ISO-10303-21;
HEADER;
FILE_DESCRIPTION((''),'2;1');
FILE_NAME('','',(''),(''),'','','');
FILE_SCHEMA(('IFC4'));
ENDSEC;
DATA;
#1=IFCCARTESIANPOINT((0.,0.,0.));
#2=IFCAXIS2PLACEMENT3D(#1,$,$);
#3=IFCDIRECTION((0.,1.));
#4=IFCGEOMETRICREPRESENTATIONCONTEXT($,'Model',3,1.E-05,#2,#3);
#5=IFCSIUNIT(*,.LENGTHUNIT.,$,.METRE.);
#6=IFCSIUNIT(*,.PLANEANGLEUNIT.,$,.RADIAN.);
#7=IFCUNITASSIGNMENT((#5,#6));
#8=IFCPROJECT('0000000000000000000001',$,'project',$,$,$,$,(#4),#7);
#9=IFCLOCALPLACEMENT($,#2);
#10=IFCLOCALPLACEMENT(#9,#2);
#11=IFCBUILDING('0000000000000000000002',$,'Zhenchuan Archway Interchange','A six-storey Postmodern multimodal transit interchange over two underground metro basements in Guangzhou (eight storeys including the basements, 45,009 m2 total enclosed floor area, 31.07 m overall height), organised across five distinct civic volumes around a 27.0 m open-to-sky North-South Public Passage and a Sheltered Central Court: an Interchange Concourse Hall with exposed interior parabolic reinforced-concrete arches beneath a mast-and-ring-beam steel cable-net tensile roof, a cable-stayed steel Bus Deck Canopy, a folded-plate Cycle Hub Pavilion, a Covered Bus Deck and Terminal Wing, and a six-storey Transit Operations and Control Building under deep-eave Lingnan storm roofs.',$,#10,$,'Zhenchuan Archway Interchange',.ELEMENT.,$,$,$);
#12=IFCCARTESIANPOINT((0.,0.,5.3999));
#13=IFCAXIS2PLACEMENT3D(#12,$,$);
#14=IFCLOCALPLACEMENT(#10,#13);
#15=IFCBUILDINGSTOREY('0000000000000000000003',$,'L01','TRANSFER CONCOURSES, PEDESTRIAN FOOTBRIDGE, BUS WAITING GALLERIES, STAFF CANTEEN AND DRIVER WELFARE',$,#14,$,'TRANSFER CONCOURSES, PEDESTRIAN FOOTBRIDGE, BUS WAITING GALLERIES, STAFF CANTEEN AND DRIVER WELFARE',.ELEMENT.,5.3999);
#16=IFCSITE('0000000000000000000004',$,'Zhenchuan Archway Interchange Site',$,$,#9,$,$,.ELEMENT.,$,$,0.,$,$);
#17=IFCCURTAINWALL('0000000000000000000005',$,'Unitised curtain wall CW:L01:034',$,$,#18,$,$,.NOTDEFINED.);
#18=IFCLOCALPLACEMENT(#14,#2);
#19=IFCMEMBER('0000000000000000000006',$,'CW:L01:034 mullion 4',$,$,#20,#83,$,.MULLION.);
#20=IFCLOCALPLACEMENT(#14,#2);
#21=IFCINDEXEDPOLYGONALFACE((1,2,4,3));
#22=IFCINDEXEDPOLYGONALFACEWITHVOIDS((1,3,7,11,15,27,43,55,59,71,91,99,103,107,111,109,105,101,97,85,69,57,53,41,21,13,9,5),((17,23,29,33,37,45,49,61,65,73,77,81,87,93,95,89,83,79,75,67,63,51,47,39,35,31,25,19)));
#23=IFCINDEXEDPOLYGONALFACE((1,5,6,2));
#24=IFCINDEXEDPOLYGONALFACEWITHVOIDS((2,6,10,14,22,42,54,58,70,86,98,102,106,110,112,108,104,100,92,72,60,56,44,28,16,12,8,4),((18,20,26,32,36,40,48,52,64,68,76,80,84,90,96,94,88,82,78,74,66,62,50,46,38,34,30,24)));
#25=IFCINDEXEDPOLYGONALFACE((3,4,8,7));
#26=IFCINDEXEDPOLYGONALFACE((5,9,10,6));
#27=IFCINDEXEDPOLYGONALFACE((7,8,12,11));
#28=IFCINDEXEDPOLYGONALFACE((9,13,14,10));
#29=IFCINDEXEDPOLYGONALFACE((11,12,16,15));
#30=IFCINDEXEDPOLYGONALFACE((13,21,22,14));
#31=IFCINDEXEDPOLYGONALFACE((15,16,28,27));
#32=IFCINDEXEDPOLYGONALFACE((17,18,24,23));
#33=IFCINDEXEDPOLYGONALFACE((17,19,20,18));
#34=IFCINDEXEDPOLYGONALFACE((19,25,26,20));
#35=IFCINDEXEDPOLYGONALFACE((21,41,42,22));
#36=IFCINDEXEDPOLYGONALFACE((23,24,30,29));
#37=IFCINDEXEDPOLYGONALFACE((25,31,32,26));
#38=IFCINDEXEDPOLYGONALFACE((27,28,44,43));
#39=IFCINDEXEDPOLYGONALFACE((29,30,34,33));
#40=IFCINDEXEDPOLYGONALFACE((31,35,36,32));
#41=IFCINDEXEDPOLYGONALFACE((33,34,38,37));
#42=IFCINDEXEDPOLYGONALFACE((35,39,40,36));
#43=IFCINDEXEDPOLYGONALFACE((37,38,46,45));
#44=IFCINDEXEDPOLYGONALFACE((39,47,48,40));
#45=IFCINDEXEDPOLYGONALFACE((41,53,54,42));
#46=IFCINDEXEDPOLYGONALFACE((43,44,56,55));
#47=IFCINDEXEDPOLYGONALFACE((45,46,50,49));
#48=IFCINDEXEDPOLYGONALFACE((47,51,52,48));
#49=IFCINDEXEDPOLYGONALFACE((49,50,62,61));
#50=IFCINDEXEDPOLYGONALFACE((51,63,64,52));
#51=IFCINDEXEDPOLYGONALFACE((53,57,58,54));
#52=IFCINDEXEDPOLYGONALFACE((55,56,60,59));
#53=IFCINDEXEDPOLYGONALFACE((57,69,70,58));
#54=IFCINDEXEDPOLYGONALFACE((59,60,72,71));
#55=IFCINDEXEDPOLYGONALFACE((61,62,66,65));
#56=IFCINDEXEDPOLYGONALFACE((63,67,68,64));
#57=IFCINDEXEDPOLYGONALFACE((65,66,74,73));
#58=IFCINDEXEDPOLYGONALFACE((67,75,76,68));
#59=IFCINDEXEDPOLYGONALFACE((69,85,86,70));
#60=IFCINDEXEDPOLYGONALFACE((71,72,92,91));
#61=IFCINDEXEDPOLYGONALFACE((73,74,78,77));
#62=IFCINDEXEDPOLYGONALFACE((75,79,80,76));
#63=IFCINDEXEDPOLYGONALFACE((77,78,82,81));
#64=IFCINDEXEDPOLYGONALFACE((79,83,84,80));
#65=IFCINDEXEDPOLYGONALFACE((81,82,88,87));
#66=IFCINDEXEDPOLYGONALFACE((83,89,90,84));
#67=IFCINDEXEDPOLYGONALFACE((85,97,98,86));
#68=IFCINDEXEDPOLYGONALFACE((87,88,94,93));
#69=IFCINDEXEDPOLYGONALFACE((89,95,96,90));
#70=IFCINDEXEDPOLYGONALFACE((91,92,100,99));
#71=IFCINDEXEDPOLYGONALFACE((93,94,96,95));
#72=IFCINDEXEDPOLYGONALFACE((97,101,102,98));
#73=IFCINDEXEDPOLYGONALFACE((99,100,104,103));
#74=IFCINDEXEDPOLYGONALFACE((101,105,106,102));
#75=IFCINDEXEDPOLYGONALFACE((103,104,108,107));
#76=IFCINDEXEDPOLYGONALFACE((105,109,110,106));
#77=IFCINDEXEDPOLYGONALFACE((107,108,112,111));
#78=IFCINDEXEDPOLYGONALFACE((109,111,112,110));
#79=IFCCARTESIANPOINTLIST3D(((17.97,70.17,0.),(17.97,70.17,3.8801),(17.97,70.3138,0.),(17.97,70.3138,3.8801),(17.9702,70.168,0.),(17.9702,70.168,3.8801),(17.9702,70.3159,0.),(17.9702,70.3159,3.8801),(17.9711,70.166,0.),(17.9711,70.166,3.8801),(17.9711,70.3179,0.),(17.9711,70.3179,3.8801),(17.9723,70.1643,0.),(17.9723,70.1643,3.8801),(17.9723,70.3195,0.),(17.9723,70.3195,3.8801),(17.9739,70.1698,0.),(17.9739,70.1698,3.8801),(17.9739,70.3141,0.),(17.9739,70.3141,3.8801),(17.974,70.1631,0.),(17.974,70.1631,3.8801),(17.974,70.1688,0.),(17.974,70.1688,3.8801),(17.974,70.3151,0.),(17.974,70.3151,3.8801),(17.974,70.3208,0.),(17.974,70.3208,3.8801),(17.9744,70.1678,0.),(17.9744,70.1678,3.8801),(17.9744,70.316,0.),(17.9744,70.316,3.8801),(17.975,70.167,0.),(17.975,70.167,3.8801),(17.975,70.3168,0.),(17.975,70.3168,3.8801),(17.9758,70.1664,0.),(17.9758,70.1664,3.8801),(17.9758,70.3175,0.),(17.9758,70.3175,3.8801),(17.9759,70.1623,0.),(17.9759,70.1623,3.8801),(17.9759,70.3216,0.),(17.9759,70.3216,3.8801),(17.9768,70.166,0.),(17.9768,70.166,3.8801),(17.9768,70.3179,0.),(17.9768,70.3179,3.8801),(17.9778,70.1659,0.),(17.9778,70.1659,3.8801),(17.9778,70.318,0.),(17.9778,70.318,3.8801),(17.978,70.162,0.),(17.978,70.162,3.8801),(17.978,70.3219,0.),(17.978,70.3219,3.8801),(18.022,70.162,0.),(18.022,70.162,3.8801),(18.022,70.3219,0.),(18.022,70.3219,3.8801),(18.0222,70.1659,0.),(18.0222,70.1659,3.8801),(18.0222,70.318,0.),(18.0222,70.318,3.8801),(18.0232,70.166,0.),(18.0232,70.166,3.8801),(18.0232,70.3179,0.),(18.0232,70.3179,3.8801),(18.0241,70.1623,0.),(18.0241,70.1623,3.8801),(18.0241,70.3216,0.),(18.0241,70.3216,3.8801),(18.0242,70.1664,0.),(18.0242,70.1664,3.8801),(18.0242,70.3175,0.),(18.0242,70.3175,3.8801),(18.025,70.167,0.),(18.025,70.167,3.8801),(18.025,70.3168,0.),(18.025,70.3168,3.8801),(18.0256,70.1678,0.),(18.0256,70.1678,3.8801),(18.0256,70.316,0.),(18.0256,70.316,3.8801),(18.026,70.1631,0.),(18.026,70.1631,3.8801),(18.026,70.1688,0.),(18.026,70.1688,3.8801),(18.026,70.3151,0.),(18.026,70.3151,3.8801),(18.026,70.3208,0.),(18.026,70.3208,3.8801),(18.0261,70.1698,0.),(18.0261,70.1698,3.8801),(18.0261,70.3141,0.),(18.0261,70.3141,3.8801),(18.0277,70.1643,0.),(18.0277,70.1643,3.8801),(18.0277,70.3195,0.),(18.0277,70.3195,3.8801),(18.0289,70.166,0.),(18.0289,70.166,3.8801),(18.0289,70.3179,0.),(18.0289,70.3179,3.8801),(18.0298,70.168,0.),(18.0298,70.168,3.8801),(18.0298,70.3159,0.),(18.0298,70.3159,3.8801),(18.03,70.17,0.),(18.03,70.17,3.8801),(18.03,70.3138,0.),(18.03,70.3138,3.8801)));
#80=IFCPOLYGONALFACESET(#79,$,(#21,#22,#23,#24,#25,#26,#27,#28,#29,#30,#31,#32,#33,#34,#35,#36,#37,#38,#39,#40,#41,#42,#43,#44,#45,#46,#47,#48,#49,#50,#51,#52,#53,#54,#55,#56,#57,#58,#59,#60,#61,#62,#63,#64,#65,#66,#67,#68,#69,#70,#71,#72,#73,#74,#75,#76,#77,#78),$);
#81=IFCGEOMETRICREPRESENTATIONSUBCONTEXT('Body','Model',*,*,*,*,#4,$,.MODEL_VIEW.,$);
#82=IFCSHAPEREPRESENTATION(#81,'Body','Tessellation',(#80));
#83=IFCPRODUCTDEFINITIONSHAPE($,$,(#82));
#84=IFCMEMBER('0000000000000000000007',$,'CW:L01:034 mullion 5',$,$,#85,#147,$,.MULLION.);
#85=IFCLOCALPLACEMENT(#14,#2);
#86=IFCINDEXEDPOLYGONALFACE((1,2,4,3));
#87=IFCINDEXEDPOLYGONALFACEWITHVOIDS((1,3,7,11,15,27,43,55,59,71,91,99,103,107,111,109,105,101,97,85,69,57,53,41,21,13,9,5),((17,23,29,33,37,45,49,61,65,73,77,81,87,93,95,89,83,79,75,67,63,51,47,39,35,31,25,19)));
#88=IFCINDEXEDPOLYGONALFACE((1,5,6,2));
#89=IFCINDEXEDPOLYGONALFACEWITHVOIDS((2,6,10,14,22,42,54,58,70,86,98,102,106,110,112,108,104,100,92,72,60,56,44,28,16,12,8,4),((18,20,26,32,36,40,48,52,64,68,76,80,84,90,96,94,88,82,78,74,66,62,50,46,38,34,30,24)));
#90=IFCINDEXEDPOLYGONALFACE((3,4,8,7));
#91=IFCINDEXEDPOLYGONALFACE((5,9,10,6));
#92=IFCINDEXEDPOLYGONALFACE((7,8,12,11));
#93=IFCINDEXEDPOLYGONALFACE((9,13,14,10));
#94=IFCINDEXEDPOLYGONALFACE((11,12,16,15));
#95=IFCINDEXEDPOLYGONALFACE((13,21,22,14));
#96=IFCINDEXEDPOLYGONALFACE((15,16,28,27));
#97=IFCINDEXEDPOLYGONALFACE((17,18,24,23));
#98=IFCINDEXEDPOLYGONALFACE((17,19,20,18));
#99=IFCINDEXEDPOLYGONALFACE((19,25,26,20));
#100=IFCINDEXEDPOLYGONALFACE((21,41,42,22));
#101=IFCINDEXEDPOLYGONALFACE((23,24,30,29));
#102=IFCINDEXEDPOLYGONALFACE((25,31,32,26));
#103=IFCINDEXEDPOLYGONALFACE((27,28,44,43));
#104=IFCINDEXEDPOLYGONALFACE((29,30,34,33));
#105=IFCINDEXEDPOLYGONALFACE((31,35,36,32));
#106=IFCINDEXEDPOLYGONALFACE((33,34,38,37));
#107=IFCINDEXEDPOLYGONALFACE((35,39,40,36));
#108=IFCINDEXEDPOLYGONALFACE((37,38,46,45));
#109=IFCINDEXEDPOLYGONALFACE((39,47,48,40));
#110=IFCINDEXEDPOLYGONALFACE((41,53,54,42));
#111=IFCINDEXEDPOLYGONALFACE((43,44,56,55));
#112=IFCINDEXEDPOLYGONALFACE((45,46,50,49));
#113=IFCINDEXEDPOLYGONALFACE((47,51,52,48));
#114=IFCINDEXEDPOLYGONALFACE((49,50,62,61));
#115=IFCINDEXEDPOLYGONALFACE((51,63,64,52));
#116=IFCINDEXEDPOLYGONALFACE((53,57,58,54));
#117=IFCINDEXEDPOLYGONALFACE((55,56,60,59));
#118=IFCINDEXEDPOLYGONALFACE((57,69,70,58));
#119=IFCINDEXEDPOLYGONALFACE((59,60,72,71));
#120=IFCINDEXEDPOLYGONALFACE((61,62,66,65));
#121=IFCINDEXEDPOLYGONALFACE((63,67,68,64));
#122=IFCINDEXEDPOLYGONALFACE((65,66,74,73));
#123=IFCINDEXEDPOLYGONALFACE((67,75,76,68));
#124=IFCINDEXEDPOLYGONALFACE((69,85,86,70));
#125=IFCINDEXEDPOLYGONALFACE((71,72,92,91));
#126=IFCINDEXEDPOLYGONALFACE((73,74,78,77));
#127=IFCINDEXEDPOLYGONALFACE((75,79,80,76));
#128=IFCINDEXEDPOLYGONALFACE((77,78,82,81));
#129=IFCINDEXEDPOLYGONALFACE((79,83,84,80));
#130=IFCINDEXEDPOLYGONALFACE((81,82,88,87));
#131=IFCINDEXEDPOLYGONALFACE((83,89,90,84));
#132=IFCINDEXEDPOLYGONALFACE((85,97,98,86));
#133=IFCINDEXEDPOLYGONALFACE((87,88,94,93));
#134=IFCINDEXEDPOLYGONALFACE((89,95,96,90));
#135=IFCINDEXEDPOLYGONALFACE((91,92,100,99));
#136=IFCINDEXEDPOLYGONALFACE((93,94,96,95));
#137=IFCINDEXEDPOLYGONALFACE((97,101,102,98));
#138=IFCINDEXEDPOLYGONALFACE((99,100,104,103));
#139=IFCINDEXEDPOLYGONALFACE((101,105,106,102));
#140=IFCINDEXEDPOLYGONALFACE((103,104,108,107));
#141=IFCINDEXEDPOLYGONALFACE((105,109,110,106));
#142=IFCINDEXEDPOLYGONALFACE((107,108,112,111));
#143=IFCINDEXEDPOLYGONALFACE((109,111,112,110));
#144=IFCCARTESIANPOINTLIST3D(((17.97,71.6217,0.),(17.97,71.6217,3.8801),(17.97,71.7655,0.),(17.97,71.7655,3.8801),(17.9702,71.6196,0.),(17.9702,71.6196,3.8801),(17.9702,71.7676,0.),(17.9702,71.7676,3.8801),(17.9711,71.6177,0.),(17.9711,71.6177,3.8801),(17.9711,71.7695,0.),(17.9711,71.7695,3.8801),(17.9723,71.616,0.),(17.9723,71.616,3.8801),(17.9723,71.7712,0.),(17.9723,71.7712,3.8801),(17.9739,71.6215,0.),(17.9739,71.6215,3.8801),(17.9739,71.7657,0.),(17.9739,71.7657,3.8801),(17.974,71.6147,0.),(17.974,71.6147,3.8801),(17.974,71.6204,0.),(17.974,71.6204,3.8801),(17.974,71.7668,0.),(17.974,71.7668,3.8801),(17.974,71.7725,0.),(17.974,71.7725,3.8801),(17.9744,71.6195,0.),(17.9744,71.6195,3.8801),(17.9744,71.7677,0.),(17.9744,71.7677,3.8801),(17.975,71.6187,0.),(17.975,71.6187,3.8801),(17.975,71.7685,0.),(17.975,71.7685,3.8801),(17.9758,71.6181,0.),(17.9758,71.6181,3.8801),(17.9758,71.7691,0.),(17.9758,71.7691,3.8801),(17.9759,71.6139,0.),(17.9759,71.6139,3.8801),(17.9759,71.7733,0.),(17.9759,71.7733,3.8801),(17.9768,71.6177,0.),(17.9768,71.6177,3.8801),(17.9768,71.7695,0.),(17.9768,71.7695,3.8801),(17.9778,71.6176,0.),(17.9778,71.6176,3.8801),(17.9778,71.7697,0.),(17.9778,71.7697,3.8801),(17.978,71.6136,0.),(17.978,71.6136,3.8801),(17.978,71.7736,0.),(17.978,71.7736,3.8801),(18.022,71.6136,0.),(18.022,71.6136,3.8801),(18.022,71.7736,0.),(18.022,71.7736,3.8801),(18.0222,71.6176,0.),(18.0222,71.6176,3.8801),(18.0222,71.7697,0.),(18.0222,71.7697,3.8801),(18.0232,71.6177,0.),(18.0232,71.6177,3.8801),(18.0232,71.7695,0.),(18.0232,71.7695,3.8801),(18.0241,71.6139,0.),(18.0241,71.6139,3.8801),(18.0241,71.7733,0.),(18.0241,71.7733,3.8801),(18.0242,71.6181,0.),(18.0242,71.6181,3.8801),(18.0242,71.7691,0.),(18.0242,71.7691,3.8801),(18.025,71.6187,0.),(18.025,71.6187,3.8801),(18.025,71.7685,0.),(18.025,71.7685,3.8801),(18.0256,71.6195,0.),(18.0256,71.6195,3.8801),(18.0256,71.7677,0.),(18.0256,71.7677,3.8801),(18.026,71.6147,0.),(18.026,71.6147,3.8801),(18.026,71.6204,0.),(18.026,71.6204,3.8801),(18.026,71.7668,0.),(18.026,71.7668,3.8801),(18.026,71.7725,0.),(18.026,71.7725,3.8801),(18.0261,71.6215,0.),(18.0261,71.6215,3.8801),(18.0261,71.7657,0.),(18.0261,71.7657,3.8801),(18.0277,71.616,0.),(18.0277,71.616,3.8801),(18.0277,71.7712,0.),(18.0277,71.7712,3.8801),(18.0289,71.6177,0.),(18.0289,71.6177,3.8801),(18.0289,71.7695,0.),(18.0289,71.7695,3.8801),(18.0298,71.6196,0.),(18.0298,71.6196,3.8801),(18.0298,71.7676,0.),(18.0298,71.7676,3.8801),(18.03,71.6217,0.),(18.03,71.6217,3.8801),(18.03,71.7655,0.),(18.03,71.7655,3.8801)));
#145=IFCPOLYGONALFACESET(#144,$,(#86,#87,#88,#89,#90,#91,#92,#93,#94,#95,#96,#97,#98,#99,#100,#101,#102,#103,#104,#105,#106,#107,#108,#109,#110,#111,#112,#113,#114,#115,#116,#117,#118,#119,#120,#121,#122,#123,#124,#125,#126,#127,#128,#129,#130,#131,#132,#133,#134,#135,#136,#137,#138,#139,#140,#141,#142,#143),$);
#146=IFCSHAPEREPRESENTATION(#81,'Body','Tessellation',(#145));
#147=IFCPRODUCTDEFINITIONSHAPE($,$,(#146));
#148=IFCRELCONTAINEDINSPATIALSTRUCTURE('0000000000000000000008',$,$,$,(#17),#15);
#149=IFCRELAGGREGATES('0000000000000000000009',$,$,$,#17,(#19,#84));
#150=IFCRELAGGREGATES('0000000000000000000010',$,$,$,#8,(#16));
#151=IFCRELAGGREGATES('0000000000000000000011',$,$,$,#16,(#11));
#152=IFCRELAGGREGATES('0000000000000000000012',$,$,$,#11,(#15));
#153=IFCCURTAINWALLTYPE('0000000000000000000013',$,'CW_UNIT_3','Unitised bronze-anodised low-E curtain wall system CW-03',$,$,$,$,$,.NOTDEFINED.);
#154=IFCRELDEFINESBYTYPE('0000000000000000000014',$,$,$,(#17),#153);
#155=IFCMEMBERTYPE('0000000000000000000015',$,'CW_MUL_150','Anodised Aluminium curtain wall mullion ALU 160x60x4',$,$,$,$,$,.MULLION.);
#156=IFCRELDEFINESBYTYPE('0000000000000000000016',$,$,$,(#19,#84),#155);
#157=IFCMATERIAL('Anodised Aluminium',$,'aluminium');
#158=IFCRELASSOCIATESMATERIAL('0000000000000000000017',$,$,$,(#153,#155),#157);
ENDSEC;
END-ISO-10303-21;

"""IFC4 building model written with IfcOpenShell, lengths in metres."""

from ifc_helpers import new_model, si_unit, direction, frame, origin, origin_2d, place, context, subcontext, project, spatial, hollow_rectangle, extrude, material, material_profile, profile_set, type_object, element, aggregate, save


model = new_model("IFC4")

# Units and contexts
model_context = context("Model", 3, precision=1e-05, world=origin(), true_north=direction((0.0, 1.0)))
body_context = subcontext(model_context, "Body", "Model", "MODEL_VIEW")
ifc_project = project(units=[si_unit("LENGTHUNIT", "METRE"), si_unit("PLANEANGLEUNIT", "RADIAN")], contexts=[model_context])

# Site, building, storey
site_placement = place(None, origin())
site = spatial("IfcSite", under=ifc_project, at=site_placement, Name="Zhenchuan Archway Interchange Site", CompositionType="ELEMENT", RefElevation=0.0)
building_placement = place(site_placement, origin())
building = spatial("IfcBuilding", under=site, at=building_placement, Name="Zhenchuan Archway Interchange", Description="A six-storey Postmodern multimodal transit interchange over two underground metro basements in Guangzhou (eight storeys including the basements, 45,009 m2 total enclosed floor area, 31.07 m overall height), organised across five distinct civic volumes around a 27.0 m open-to-sky North-South Public Passage and a Sheltered Central Court: an Interchange Concourse Hall with exposed interior parabolic reinforced-concrete arches beneath a mast-and-ring-beam steel cable-net tensile roof, a cable-stayed steel Bus Deck Canopy, a folded-plate Cycle Hub Pavilion, a Covered Bus Deck and Terminal Wing, and a six-storey Transit Operations and Control Building under deep-eave Lingnan storm roofs.", LongName="Zhenchuan Archway Interchange", CompositionType="ELEMENT")
storey_placement = place(building_placement, frame((0.0, 0.0, 5.3999)))
storey = spatial("IfcBuildingStorey", under=building, at=storey_placement, Name="L01", Description="TRANSFER CONCOURSES, PEDESTRIAN FOOTBRIDGE, BUS WAITING GALLERIES, STAFF CANTEEN AND DRIVER WELFARE", LongName="TRANSFER CONCOURSES, PEDESTRIAN FOOTBRIDGE, BUS WAITING GALLERIES, STAFF CANTEEN AND DRIVER WELFARE", CompositionType="ELEMENT", Elevation=5.3999)

# Curtain wall, members
ifc_material_1 = material(Name="Anodised Aluminium", Category="aluminium")
curtain_wall_type_1 = type_object("IfcCurtainWallType", Name="CW_UNIT_3", Description="Unitised bronze-anodised low-E curtain wall system CW-03", PredefinedType="NOTDEFINED", material=ifc_material_1)
curtain_wall_1_placement = place(storey_placement, origin())
curtain_wall_1 = element("IfcCurtainWall", 1, at=curtain_wall_1_placement, inside=storey, type_object=curtain_wall_type_1, Name="Unitised curtain wall CW:L01:034", PredefinedType="NOTDEFINED")
ifc_material_profile_1 = material_profile(ifc_material_1, hollow_rectangle(XDim=0.0601, YDim=0.1599, WallThickness=0.0039, InnerFilletRadius=0.0039, OuterFilletRadius=0.0081, at=origin_2d()), Name="ALU 160x60x4")
ifc_profile_set_1 = profile_set([ifc_material_profile_1], Name="Anodised Aluminium")
member_type_1 = type_object("IfcMemberType", Name="CW_MUL_150", Description="Anodised Aluminium curtain wall mullion ALU 160x60x4", PredefinedType="MULLION", material=ifc_profile_set_1)
member_1_placement = place(storey_placement, frame((18.0, 70.2419, 0.0), z_axis=(0.0, 0.0, 1.0), x_axis=(1.0, 0.0, 0.0)))
member_1 = element("IfcMember", 2, at=member_1_placement, type_object=member_type_1, Name="CW:L01:034 mullion 4", PredefinedType="MULLION", context=body_context, shape_type="SweptSolid", body=[
    extrude(hollow_rectangle(XDim=0.0601, YDim=0.1599, WallThickness=0.0039, InnerFilletRadius=0.0039, OuterFilletRadius=0.0081, at=origin_2d()), origin(), (0.0, 0.0, 1.0), 3.8801),
])
member_2_placement = place(storey_placement, frame((18.0, 71.6936, 0.0), z_axis=(0.0, 0.0, 1.0), x_axis=(1.0, 0.0, 0.0)))
member_2 = element("IfcMember", 3, at=member_2_placement, type_object=member_type_1, Name="CW:L01:034 mullion 5", PredefinedType="MULLION", context=body_context, shape_type="SweptSolid", body=[
    extrude(hollow_rectangle(XDim=0.0601, YDim=0.1599, WallThickness=0.0039, InnerFilletRadius=0.0039, OuterFilletRadius=0.0081, at=origin_2d()), origin(), (0.0, 0.0, 1.0), 3.8801),
])

aggregate(curtain_wall_1, [member_1, member_2])

save(model, "model.ifc")
